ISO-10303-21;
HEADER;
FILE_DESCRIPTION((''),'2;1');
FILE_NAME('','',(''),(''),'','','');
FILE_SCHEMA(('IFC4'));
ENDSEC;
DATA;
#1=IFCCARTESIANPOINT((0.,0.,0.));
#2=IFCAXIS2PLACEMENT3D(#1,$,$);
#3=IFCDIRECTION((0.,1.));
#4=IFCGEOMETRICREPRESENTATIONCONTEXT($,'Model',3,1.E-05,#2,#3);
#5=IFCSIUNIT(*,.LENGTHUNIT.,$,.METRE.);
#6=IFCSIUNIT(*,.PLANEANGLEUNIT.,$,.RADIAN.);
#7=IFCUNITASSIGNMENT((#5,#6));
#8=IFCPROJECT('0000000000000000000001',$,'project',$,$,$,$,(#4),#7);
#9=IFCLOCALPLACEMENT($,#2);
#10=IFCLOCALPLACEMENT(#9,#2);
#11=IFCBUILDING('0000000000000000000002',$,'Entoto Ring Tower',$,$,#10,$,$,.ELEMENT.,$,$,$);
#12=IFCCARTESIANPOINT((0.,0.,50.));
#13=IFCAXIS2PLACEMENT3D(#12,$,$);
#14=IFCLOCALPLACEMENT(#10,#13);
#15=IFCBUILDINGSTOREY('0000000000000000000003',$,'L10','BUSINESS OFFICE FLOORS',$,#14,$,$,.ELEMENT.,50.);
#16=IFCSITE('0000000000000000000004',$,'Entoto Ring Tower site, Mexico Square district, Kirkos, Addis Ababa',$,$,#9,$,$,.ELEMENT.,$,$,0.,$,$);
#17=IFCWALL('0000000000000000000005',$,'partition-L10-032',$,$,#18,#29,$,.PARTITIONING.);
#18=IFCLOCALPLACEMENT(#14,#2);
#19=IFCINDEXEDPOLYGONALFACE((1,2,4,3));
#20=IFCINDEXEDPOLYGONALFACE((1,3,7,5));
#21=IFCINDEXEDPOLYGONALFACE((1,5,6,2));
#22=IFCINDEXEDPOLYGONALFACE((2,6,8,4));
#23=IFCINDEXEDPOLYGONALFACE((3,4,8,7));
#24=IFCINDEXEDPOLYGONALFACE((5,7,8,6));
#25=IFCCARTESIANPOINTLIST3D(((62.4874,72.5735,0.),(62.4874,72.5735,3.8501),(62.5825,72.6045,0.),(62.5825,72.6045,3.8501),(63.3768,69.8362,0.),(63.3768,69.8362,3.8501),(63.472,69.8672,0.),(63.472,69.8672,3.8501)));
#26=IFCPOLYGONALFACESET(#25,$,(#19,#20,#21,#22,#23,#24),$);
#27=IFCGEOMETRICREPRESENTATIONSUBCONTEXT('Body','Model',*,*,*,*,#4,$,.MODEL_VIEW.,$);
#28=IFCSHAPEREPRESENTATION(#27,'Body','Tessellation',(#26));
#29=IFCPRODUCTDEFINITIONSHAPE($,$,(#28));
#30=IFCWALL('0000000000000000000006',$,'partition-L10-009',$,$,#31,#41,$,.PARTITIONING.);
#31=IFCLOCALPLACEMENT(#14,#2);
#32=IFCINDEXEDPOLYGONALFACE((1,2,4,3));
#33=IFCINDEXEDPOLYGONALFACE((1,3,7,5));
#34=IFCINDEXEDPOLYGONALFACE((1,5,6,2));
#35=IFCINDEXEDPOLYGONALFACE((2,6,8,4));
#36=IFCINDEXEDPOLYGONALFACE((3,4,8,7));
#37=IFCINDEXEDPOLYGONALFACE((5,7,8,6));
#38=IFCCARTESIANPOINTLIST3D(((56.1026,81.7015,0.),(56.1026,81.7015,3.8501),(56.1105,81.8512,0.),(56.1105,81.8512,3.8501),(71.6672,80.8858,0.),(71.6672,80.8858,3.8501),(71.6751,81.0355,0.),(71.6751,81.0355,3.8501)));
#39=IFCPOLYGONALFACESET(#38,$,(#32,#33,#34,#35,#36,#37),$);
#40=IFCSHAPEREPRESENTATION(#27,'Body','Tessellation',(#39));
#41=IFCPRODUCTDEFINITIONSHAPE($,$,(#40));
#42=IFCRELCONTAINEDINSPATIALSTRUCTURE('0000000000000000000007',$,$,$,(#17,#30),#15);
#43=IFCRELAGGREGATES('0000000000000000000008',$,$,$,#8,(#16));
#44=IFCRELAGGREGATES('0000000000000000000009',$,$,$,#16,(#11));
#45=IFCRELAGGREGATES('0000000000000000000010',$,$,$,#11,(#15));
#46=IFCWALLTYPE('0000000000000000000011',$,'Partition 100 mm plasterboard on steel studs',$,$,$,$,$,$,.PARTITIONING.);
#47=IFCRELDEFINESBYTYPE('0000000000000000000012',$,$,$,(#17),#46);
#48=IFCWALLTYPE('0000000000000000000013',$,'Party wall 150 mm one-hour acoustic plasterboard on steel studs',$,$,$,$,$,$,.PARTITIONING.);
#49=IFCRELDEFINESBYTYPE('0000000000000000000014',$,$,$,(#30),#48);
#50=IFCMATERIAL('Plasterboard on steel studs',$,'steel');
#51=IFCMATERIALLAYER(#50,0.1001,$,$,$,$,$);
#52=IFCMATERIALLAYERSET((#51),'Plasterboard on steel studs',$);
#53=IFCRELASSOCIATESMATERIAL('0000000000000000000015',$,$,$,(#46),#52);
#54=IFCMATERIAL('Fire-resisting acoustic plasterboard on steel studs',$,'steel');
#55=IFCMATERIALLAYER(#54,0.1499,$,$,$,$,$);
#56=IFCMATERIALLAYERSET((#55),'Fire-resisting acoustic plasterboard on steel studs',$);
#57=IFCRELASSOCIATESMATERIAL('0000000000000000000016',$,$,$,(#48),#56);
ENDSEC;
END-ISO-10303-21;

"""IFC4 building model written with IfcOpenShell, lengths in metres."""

from ifc_helpers import new_model, si_unit, direction, frame, frame_2d, origin, place, context, subcontext, project, spatial, rectangle, extrude, material, layer, layer_set, type_object, element, save


model = new_model("IFC4")

# Units and contexts
model_context = context("Model", 3, precision=1e-05, world=origin(), true_north=direction((0.0, 1.0)))
body_context = subcontext(model_context, "Body", "Model", "MODEL_VIEW")
ifc_project = project(units=[si_unit("LENGTHUNIT", "METRE"), si_unit("PLANEANGLEUNIT", "RADIAN")], contexts=[model_context])

# Site, building, storey
site_placement = place(None, origin())
site = spatial("IfcSite", under=ifc_project, at=site_placement, Name="Entoto Ring Tower site, Mexico Square district, Kirkos, Addis Ababa", CompositionType="ELEMENT", RefElevation=0.0)
building_placement = place(site_placement, origin())
building = spatial("IfcBuilding", under=site, at=building_placement, Name="Entoto Ring Tower", CompositionType="ELEMENT")
storey_placement = place(building_placement, frame((0.0, 0.0, 50.0)))
storey = spatial("IfcBuildingStorey", under=building, at=storey_placement, Name="L10", Description="BUSINESS OFFICE FLOORS", CompositionType="ELEMENT", Elevation=50.0)

# Walls
ifc_material_1 = material(Name="Plasterboard on steel studs", Category="steel")
ifc_layer_1 = layer(ifc_material_1, 0.1001)
ifc_layer_set_1 = layer_set([ifc_layer_1], Name="Plasterboard on steel studs")
wall_type_1 = type_object("IfcWallType", Name="Partition 100 mm plasterboard on steel studs", PredefinedType="PARTITIONING", material=ifc_layer_set_1)
wall_1_placement = place(storey_placement, frame((63.4243, 69.8518, 0.0), z_axis=(0.0, 0.0, 1.0), x_axis=(-0.309017, 0.951057, 0.0)))
element("IfcWall", 1, at=wall_1_placement, inside=storey, type_object=wall_type_1, Name="partition-L10-032", PredefinedType="PARTITIONING", context=body_context, shape_type="SweptSolid", body=[
    extrude(rectangle(XDim=2.8782, YDim=0.1001, at=frame_2d((1.439, 0.0))), origin(), (0.0, 0.0, 1.0), 3.8501),
])
ifc_material_2 = material(Name="Fire-resisting acoustic plasterboard on steel studs", Category="steel")
ifc_layer_2 = layer(ifc_material_2, 0.1499)
ifc_layer_set_2 = layer_set([ifc_layer_2], Name="Fire-resisting acoustic plasterboard on steel studs")
wall_type_2 = type_object("IfcWallType", Name="Party wall 150 mm one-hour acoustic plasterboard on steel studs", PredefinedType="PARTITIONING", material=ifc_layer_set_2)
wall_2_placement = place(storey_placement, frame((71.6711, 80.9607, 0.0), z_axis=(0.0, 0.0, 1.0), x_axis=(-0.99863, 0.052334, 0.0)))
element("IfcWall", 2, at=wall_2_placement, inside=storey, type_object=wall_type_2, Name="partition-L10-009", PredefinedType="PARTITIONING", context=body_context, shape_type="SweptSolid", body=[
    extrude(rectangle(XDim=15.5859, YDim=0.1499, at=frame_2d((7.793, 0.0))), origin(), (0.0, 0.0, 1.0), 3.8501),
])

save(model, "model.ifc")
